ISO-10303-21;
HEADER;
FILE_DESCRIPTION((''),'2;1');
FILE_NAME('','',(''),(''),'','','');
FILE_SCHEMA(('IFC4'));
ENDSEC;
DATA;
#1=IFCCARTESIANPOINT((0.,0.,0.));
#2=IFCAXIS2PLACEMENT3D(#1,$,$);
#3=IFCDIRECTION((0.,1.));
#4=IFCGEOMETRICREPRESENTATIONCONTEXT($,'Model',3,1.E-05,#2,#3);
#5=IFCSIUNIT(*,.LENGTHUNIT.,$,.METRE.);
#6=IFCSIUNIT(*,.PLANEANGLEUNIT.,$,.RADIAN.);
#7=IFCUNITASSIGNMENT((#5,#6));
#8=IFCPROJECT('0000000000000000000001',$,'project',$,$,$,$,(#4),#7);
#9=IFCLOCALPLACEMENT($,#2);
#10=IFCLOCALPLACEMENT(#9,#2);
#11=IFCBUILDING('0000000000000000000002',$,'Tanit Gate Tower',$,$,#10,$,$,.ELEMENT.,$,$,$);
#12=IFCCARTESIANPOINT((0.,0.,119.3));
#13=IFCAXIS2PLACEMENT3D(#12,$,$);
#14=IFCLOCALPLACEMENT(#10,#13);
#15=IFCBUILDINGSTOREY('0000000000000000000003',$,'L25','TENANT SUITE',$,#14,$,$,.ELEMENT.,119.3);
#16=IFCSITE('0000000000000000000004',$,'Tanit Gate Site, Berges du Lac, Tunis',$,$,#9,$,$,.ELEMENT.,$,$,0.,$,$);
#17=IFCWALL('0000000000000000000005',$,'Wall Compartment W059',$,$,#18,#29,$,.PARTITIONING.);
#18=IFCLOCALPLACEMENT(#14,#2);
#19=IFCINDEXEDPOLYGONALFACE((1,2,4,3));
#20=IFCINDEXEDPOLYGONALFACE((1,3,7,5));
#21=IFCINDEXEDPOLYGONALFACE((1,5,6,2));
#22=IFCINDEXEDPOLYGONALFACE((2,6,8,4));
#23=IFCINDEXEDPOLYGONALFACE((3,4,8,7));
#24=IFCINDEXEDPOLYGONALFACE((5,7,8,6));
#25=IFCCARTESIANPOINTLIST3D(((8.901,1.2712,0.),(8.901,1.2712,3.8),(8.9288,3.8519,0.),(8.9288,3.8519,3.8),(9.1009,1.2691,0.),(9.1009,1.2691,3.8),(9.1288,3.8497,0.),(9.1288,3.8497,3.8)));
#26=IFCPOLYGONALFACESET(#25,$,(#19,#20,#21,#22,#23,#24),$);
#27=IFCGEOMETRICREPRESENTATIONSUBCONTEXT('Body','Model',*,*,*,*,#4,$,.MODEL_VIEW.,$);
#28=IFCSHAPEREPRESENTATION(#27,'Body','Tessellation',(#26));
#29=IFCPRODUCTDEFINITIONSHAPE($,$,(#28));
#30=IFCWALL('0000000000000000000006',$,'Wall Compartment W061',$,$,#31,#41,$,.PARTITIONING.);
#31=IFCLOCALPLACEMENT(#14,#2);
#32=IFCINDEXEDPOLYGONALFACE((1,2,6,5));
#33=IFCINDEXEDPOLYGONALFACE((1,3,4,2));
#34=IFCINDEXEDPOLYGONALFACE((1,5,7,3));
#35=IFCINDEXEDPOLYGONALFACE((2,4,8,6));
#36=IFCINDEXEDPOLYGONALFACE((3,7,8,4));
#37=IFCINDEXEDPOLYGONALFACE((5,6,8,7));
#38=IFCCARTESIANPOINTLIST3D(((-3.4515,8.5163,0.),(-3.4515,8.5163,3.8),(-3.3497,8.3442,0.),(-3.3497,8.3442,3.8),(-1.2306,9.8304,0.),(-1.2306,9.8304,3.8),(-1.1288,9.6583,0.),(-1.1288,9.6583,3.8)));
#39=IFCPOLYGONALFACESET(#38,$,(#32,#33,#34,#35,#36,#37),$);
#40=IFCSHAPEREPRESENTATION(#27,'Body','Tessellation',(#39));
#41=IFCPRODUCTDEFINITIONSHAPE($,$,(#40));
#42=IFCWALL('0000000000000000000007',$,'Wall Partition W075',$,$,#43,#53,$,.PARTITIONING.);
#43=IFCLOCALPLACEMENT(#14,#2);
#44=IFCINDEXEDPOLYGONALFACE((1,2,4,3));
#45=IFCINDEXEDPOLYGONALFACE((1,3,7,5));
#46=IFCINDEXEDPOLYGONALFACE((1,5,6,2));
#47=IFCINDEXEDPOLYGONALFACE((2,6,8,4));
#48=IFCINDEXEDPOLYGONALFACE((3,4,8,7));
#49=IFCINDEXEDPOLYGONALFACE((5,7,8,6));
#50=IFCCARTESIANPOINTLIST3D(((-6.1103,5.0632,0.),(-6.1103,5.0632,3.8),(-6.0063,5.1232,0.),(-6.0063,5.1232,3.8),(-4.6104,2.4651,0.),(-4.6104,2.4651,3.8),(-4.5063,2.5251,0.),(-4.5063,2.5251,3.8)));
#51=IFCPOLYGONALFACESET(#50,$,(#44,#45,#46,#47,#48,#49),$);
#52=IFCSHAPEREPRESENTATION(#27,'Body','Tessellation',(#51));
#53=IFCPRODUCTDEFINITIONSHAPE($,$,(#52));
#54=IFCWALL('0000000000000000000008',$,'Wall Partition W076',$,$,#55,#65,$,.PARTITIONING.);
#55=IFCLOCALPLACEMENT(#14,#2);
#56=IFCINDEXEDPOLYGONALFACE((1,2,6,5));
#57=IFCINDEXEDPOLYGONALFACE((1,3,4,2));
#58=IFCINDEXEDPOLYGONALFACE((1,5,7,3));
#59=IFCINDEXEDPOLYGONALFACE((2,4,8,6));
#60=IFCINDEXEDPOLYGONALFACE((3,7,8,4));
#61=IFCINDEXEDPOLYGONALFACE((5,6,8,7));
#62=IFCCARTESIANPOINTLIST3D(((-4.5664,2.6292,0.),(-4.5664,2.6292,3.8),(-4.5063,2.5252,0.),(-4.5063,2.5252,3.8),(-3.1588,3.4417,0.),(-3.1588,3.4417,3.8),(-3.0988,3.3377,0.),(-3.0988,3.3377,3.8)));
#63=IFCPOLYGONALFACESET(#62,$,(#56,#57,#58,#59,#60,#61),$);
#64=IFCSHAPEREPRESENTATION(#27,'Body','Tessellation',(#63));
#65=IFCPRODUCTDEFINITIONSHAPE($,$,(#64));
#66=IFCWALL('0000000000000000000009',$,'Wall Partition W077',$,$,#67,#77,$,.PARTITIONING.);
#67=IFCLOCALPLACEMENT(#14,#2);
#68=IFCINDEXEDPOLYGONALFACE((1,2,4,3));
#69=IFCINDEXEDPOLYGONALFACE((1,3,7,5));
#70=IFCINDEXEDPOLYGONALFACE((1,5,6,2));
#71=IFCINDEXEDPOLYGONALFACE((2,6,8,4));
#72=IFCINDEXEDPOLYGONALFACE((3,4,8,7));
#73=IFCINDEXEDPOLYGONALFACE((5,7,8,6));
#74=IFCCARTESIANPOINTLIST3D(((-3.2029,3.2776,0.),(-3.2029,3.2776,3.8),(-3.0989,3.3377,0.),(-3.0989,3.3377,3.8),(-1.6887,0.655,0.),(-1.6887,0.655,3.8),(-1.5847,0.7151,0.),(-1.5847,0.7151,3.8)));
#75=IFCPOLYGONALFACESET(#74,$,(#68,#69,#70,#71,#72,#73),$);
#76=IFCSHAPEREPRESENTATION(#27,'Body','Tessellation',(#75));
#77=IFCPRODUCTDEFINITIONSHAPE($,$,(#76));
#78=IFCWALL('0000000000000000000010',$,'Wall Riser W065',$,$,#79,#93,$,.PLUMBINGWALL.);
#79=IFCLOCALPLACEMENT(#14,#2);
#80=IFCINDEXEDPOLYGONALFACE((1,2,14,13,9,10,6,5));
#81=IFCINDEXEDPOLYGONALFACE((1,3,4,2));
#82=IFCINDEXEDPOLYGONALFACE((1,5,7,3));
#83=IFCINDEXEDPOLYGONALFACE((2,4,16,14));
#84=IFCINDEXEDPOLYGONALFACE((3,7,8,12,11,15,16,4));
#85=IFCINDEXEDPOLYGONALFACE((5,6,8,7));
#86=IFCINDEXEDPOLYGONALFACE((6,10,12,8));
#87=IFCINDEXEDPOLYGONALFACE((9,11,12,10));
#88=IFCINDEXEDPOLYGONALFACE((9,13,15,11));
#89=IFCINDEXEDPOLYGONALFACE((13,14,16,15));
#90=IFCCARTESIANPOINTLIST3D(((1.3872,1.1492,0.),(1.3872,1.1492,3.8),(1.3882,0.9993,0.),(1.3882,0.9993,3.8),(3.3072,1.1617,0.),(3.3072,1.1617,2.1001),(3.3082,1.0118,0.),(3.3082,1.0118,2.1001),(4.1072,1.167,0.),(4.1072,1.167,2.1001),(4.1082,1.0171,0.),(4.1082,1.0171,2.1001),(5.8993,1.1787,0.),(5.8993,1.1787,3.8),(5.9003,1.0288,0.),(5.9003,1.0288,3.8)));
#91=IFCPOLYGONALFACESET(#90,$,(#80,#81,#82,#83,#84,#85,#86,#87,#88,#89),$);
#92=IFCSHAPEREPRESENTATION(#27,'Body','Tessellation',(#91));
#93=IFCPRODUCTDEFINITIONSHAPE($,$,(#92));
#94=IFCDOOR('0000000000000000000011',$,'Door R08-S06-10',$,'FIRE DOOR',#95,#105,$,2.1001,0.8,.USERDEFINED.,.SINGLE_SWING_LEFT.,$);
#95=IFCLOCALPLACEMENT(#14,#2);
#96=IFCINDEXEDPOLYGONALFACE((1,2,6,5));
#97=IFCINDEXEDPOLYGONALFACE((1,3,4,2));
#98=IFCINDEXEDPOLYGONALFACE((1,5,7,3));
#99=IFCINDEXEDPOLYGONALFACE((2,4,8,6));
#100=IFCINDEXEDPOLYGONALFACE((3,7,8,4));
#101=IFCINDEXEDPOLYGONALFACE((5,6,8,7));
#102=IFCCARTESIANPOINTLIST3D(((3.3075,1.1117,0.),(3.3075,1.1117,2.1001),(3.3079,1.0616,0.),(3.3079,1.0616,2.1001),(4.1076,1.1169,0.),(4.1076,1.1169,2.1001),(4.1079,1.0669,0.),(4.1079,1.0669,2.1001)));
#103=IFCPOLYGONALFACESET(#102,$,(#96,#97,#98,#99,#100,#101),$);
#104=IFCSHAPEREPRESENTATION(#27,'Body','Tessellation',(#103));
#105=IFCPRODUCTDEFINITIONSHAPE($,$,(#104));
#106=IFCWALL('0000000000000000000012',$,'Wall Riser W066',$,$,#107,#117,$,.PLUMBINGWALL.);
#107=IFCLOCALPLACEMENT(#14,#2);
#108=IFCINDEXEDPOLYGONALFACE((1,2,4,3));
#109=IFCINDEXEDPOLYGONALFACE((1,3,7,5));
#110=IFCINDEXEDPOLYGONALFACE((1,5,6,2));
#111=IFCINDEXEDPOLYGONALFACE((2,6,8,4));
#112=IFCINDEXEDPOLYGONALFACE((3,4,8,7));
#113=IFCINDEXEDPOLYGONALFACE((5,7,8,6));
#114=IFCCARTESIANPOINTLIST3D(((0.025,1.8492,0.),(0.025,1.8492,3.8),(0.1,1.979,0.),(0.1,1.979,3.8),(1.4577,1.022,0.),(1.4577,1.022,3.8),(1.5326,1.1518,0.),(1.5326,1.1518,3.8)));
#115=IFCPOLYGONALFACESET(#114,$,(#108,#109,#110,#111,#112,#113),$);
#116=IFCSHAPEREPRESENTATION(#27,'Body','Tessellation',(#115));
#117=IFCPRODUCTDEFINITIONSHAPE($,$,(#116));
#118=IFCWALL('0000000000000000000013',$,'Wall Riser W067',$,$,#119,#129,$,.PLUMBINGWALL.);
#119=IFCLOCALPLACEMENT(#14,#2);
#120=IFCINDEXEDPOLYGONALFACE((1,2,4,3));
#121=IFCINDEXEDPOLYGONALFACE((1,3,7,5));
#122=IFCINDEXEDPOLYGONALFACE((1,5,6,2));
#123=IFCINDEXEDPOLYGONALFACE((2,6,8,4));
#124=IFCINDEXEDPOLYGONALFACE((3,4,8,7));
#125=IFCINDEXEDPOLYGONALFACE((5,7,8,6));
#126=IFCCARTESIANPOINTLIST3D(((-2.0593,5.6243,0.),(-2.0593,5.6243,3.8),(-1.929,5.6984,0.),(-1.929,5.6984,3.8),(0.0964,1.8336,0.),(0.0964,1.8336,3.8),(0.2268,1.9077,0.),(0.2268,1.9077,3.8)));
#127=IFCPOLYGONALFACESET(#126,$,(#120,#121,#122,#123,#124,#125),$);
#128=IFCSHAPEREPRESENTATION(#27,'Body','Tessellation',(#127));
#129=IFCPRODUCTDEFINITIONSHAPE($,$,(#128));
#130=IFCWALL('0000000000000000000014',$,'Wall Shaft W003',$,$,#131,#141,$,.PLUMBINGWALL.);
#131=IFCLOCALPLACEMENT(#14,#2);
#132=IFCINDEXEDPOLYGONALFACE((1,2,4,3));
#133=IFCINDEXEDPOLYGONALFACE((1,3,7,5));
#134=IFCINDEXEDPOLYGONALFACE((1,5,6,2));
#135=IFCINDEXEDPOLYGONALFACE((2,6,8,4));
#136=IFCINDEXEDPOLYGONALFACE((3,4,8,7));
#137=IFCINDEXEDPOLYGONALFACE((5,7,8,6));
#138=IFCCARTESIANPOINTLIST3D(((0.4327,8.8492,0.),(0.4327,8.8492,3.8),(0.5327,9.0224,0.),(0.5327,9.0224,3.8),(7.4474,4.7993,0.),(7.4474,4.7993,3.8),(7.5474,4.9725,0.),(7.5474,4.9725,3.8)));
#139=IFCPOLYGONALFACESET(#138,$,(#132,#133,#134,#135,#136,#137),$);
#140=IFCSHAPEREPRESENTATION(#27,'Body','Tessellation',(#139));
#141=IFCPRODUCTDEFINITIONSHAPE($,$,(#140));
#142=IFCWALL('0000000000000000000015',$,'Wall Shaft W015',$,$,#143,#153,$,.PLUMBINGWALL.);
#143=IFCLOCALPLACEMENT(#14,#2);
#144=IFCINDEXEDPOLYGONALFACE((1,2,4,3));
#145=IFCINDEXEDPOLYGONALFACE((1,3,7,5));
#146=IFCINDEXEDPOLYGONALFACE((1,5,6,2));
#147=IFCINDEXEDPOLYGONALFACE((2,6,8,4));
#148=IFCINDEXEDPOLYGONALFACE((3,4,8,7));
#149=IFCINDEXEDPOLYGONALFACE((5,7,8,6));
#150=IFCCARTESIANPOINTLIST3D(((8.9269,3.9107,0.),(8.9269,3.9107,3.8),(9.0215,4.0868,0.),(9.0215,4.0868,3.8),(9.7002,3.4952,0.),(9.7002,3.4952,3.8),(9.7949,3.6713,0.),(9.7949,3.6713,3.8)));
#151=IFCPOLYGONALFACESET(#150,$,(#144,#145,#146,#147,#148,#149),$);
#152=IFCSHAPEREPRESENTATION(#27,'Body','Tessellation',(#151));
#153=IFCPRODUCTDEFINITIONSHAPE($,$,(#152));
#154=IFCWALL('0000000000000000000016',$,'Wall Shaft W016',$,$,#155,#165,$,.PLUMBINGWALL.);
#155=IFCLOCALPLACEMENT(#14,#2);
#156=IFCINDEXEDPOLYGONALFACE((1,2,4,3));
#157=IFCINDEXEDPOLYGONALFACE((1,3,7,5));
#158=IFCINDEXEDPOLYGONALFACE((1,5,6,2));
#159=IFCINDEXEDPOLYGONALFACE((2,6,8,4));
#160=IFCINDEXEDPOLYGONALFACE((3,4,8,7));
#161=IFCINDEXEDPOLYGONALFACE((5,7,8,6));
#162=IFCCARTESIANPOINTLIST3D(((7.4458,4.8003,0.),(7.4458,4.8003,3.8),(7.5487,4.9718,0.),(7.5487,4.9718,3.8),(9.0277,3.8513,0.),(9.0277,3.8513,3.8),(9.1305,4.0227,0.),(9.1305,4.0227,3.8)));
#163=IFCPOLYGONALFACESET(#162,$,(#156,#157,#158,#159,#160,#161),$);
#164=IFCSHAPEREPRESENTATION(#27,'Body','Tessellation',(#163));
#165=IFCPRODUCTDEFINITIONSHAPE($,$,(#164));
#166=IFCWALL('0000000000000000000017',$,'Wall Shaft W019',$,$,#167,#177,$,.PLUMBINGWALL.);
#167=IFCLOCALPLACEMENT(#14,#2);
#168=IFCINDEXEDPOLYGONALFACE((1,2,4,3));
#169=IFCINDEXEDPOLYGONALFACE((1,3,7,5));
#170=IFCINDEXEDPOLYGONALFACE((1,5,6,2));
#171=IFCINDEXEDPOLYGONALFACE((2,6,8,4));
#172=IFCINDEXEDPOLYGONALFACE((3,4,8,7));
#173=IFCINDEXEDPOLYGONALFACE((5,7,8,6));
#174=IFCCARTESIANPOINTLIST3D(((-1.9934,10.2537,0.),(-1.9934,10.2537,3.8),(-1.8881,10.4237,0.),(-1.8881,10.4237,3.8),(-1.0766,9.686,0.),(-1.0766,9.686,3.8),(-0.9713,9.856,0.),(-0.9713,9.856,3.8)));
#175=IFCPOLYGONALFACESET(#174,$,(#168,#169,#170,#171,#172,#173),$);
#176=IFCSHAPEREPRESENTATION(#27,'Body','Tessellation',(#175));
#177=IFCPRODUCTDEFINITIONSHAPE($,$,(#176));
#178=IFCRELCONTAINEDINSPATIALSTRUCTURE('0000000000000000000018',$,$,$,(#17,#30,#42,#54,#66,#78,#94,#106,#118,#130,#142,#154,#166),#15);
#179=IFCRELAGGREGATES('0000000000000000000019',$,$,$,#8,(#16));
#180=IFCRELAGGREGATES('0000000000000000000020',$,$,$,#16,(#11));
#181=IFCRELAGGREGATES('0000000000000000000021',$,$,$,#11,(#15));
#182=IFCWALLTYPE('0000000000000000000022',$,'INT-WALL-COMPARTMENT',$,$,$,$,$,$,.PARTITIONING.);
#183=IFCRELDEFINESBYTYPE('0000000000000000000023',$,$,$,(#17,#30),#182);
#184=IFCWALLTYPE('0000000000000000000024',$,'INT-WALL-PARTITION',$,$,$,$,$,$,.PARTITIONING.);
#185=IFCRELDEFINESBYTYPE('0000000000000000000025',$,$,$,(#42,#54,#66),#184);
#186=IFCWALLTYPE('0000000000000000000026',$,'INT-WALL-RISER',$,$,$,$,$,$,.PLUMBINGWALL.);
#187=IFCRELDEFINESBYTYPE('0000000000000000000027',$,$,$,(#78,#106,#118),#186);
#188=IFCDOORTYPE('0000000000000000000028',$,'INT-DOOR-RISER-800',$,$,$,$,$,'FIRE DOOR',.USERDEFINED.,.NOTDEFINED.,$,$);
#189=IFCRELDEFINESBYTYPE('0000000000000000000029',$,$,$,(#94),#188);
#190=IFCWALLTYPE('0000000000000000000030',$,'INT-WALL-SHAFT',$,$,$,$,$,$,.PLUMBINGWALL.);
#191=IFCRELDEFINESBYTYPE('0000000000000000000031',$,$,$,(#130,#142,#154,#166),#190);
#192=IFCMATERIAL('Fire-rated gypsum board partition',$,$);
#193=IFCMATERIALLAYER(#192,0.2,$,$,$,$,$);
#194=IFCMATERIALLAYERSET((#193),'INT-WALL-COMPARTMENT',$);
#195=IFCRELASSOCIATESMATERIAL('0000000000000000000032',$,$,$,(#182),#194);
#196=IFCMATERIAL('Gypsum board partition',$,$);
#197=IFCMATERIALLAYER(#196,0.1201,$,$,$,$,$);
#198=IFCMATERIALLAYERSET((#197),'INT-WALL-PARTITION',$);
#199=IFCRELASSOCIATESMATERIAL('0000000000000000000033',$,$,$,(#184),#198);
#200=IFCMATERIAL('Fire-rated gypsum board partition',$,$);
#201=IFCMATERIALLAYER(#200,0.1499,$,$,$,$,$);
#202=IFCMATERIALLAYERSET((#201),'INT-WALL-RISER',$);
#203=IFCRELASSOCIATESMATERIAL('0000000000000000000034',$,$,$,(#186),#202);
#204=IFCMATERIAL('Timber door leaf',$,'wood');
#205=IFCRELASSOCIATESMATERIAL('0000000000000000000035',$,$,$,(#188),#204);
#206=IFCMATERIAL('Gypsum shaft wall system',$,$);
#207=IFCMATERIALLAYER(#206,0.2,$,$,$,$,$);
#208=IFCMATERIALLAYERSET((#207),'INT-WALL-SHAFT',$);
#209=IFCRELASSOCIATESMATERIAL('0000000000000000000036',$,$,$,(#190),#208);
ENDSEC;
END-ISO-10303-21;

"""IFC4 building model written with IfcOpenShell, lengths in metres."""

from ifc_helpers import new_model, si_unit, direction, frame, frame_2d, origin, place, context, subcontext, project, spatial, rectangle, extrude, material, layer, layer_set, type_object, element, fill, save


model = new_model("IFC4")

# Units and contexts
model_context = context("Model", 3, precision=1e-05, world=origin(), true_north=direction((0.0, 1.0)))
body_context = subcontext(model_context, "Body", "Model", "MODEL_VIEW")
ifc_project = project(units=[si_unit("LENGTHUNIT", "METRE"), si_unit("PLANEANGLEUNIT", "RADIAN")], contexts=[model_context])

# Site, building, storey
site_placement = place(None, origin())
site = spatial("IfcSite", under=ifc_project, at=site_placement, Name="Tanit Gate Site, Berges du Lac, Tunis", CompositionType="ELEMENT", RefElevation=0.0)
building_placement = place(site_placement, origin())
building = spatial("IfcBuilding", under=site, at=building_placement, Name="Tanit Gate Tower", CompositionType="ELEMENT")
storey_placement = place(building_placement, frame((0.0, 0.0, 119.3)))
storey = spatial("IfcBuildingStorey", under=building, at=storey_placement, Name="L25", Description="TENANT SUITE", CompositionType="ELEMENT", Elevation=119.3)

# Walls
ifc_material_1 = material(Name="Fire-rated gypsum board partition")
ifc_layer_1 = layer(ifc_material_1, 0.2)
ifc_layer_set_1 = layer_set([ifc_layer_1], Name="INT-WALL-COMPARTMENT")
wall_type_1 = type_object("IfcWallType", Name="INT-WALL-COMPARTMENT", PredefinedType="PARTITIONING", material=ifc_layer_set_1)
wall_1_placement = place(storey_placement, frame((9.001, 1.27, 0.0), z_axis=(0.0, 0.0, 1.0), x_axis=(0.010785, 0.999942, 0.0)))
element("IfcWall", 1, at=wall_1_placement, inside=storey, type_object=wall_type_1, Name="Wall Compartment W059", PredefinedType="PARTITIONING", context=body_context, shape_type="SweptSolid", body=[
    extrude(rectangle(XDim=2.5808, YDim=0.2, at=frame_2d((1.2905, 0.0))), origin(), (0.0, 0.0, 1.0), 3.8),
])
wall_2_placement = place(storey_placement, frame((-1.1797, 9.7444, 0.0), z_axis=(0.0, 0.0, 1.0), x_axis=(-0.860616, -0.509255, 0.0)))
element("IfcWall", 2, at=wall_2_placement, inside=storey, type_object=wall_type_1, Name="Wall Compartment W061", PredefinedType="PARTITIONING", context=body_context, shape_type="SweptSolid", body=[
    extrude(rectangle(XDim=2.5806, YDim=0.2, at=frame_2d((1.2903, 0.0))), origin(), (0.0, 0.0, 1.0), 3.8),
])
ifc_material_2 = material(Name="Gypsum board partition")
ifc_layer_2 = layer(ifc_material_2, 0.1201)
ifc_layer_set_2 = layer_set([ifc_layer_2], Name="INT-WALL-PARTITION")
wall_type_2 = type_object("IfcWallType", Name="INT-WALL-PARTITION", PredefinedType="PARTITIONING", material=ifc_layer_set_2)
wall_3_placement = place(storey_placement, frame((-4.5583, 2.4951, 0.0), z_axis=(0.0, 0.0, 1.0), x_axis=(-0.49999, 0.866031, 0.0)))
element("IfcWall", 3, at=wall_3_placement, inside=storey, type_object=wall_type_2, Name="Wall Partition W075", PredefinedType="PARTITIONING", context=body_context, shape_type="SweptSolid", body=[
    extrude(rectangle(XDim=3.0, YDim=0.1201, at=frame_2d((1.5, 0.0))), origin(), (0.0, 0.0, 1.0), 3.8),
])
wall_4_placement = place(storey_placement, frame((-3.1289, 3.3896, 0.0), z_axis=(0.0, 0.0, 1.0), x_axis=(-0.866053, -0.499952, 0.0)))
element("IfcWall", 4, at=wall_4_placement, inside=storey, type_object=wall_type_2, Name="Wall Partition W076", PredefinedType="PARTITIONING", context=body_context, shape_type="SweptSolid", body=[
    extrude(rectangle(XDim=1.6252, YDim=0.1201, at=frame_2d((0.8125, 0.0))), origin(), (0.0, 0.0, 1.0), 3.8),
])
wall_5_placement = place(storey_placement, frame((-1.6367, 0.6851, 0.0), z_axis=(0.0, 0.0, 1.0), x_axis=(-0.500006, 0.866022, 0.0)))
element("IfcWall", 5, at=wall_5_placement, inside=storey, type_object=wall_type_2, Name="Wall Partition W077", PredefinedType="PARTITIONING", context=body_context, shape_type="SweptSolid", body=[
    extrude(rectangle(XDim=3.0283, YDim=0.1201, at=frame_2d((1.5142, 0.0))), origin(), (0.0, 0.0, 1.0), 3.8),
])

# Wall, opening, door
ifc_material_3 = material(Name="Fire-rated gypsum board partition")
ifc_layer_3 = layer(ifc_material_3, 0.1499)
ifc_layer_set_3 = layer_set([ifc_layer_3], Name="INT-WALL-RISER")
wall_type_3 = type_object("IfcWallType", Name="INT-WALL-RISER", PredefinedType="PLUMBINGWALL", material=ifc_layer_set_3)
wall_6_placement = place(storey_placement, frame((1.3877, 1.0742, 0.0), z_axis=(0.0, 0.0, 1.0), x_axis=(0.999979, 0.006547, 0.0)))
wall_6 = element("IfcWall", 6, at=wall_6_placement, inside=storey, type_object=wall_type_3, Name="Wall Riser W065", PredefinedType="PLUMBINGWALL", context=body_context, shape_type="SweptSolid", body=[
    extrude(rectangle(XDim=4.5122, YDim=0.1499, at=frame_2d((2.2561, 0.0))), origin(), (0.0, 0.0, 1.0), 3.8),
])
opening_1_placement = place(wall_6_placement, frame((1.9202, 0.0, 0.0)))
opening_1 = element("IfcOpeningElement", 7, at=opening_1_placement, cuts=wall_6, PredefinedType="OPENING", context=body_context, shape_type="SweptSolid", body=[
    extrude(rectangle(XDim=0.8, YDim=2.1001, at=frame_2d((0.3999, 1.05))), frame((0.0, 0.085, 0.0), z_axis=(0.0, -1.0, 0.0), x_axis=(1.0, 0.0, 0.0)), (0.0, 0.0, 1.0), 0.1699),
])
ifc_material_4 = material(Name="Timber door leaf", Category="wood")
door_type_1 = type_object("IfcDoorType", Name="INT-DOOR-RISER-800", ElementType="FIRE DOOR", OperationType="NOTDEFINED", PredefinedType="USERDEFINED", material=ifc_material_4)
door_1_placement = place(opening_1_placement, origin())
door_1 = element("IfcDoor", 8, at=door_1_placement, inside=storey, type_object=door_type_1, Name="Door R08-S06-10", ObjectType="FIRE DOOR", OperationType="SINGLE_SWING_LEFT", OverallHeight=2.1001, OverallWidth=0.8, PredefinedType="USERDEFINED", context=body_context, shape_type="SweptSolid", body=[
    extrude(rectangle(XDim=0.8, YDim=2.1001, at=frame_2d((0.3999, 1.05))), frame((0.0, 0.0249, 0.0), z_axis=(0.0, -1.0, 0.0), x_axis=(1.0, 0.0, 0.0)), (0.0, 0.0, 1.0), 0.05),
])
fill(opening_1, door_1)

# Walls
wall_7_placement = place(storey_placement, frame((0.0625, 1.9141, 0.0), z_axis=(0.0, 0.0, 1.0), x_axis=(0.866018, -0.500012, 0.0)))
element("IfcWall", 9, at=wall_7_placement, inside=storey, type_object=wall_type_3, Name="Wall Riser W066", PredefinedType="PLUMBINGWALL", context=body_context, shape_type="SweptSolid", body=[
    extrude(rectangle(XDim=1.6543, YDim=0.1499, at=frame_2d((0.8271, 0.0))), origin(), (0.0, 0.0, 1.0), 3.8),
])
wall_8_placement = place(storey_placement, frame((-1.9941, 5.6614, 0.0), z_axis=(0.0, 0.0, 1.0), x_axis=(0.494341, -0.869268, 0.0)))
element("IfcWall", 10, at=wall_8_placement, inside=storey, type_object=wall_type_3, Name="Wall Riser W067", PredefinedType="PLUMBINGWALL", context=body_context, shape_type="SweptSolid", body=[
    extrude(rectangle(XDim=4.3608, YDim=0.1499, at=frame_2d((2.1804, 0.0))), origin(), (0.0, 0.0, 1.0), 3.8),
])
ifc_material_5 = material(Name="Gypsum shaft wall system")
ifc_layer_4 = layer(ifc_material_5, 0.2)
ifc_layer_set_4 = layer_set([ifc_layer_4], Name="INT-WALL-SHAFT")
wall_type_4 = type_object("IfcWallType", Name="INT-WALL-SHAFT", PredefinedType="PLUMBINGWALL", material=ifc_layer_set_4)
wall_9_placement = place(storey_placement, frame((7.4973, 4.886, 0.0), z_axis=(0.0, 0.0, 1.0), x_axis=(-0.866031, 0.49999, 0.0)))
element("IfcWall", 11, at=wall_9_placement, inside=storey, type_object=wall_type_4, Name="Wall Shaft W003", PredefinedType="PLUMBINGWALL", context=body_context, shape_type="SweptSolid", body=[
    extrude(rectangle(XDim=8.0999, YDim=0.2, at=frame_2d((4.0498, 0.0))), origin(), (0.0, 0.0, 1.0), 3.8),
])
wall_10_placement = place(storey_placement, frame((9.7476, 3.5833, 0.0), z_axis=(0.0, 0.0, 1.0), x_axis=(-0.880917, 0.473271, 0.0)))
element("IfcWall", 12, at=wall_10_placement, inside=storey, type_object=wall_type_4, Name="Wall Shaft W015", PredefinedType="PLUMBINGWALL", context=body_context, shape_type="SweptSolid", body=[
    extrude(rectangle(XDim=0.8779, YDim=0.2, at=frame_2d((0.439, 0.0))), origin(), (0.0, 0.0, 1.0), 3.8),
])
wall_11_placement = place(storey_placement, frame((9.0791, 3.937, 0.0), z_axis=(0.0, 0.0, 1.0), x_axis=(-0.857516, 0.514457, 0.0)))
element("IfcWall", 13, at=wall_11_placement, inside=storey, type_object=wall_type_4, Name="Wall Shaft W016", PredefinedType="PLUMBINGWALL", context=body_context, shape_type="SweptSolid", body=[
    extrude(rectangle(XDim=1.8447, YDim=0.2, at=frame_2d((0.9224, 0.0))), origin(), (0.0, 0.0, 1.0), 3.8),
])
wall_12_placement = place(storey_placement, frame((-1.9407, 10.3386, 0.0), z_axis=(0.0, 0.0, 1.0), x_axis=(0.850217, -0.526433, 0.0)))
element("IfcWall", 14, at=wall_12_placement, inside=storey, type_object=wall_type_4, Name="Wall Shaft W019", PredefinedType="PLUMBINGWALL", context=body_context, shape_type="SweptSolid", body=[
    extrude(rectangle(XDim=1.0784, YDim=0.2, at=frame_2d((0.5391, 0.0))), origin(), (0.0, 0.0, 1.0), 3.8),
])

save(model, "model.ifc")
